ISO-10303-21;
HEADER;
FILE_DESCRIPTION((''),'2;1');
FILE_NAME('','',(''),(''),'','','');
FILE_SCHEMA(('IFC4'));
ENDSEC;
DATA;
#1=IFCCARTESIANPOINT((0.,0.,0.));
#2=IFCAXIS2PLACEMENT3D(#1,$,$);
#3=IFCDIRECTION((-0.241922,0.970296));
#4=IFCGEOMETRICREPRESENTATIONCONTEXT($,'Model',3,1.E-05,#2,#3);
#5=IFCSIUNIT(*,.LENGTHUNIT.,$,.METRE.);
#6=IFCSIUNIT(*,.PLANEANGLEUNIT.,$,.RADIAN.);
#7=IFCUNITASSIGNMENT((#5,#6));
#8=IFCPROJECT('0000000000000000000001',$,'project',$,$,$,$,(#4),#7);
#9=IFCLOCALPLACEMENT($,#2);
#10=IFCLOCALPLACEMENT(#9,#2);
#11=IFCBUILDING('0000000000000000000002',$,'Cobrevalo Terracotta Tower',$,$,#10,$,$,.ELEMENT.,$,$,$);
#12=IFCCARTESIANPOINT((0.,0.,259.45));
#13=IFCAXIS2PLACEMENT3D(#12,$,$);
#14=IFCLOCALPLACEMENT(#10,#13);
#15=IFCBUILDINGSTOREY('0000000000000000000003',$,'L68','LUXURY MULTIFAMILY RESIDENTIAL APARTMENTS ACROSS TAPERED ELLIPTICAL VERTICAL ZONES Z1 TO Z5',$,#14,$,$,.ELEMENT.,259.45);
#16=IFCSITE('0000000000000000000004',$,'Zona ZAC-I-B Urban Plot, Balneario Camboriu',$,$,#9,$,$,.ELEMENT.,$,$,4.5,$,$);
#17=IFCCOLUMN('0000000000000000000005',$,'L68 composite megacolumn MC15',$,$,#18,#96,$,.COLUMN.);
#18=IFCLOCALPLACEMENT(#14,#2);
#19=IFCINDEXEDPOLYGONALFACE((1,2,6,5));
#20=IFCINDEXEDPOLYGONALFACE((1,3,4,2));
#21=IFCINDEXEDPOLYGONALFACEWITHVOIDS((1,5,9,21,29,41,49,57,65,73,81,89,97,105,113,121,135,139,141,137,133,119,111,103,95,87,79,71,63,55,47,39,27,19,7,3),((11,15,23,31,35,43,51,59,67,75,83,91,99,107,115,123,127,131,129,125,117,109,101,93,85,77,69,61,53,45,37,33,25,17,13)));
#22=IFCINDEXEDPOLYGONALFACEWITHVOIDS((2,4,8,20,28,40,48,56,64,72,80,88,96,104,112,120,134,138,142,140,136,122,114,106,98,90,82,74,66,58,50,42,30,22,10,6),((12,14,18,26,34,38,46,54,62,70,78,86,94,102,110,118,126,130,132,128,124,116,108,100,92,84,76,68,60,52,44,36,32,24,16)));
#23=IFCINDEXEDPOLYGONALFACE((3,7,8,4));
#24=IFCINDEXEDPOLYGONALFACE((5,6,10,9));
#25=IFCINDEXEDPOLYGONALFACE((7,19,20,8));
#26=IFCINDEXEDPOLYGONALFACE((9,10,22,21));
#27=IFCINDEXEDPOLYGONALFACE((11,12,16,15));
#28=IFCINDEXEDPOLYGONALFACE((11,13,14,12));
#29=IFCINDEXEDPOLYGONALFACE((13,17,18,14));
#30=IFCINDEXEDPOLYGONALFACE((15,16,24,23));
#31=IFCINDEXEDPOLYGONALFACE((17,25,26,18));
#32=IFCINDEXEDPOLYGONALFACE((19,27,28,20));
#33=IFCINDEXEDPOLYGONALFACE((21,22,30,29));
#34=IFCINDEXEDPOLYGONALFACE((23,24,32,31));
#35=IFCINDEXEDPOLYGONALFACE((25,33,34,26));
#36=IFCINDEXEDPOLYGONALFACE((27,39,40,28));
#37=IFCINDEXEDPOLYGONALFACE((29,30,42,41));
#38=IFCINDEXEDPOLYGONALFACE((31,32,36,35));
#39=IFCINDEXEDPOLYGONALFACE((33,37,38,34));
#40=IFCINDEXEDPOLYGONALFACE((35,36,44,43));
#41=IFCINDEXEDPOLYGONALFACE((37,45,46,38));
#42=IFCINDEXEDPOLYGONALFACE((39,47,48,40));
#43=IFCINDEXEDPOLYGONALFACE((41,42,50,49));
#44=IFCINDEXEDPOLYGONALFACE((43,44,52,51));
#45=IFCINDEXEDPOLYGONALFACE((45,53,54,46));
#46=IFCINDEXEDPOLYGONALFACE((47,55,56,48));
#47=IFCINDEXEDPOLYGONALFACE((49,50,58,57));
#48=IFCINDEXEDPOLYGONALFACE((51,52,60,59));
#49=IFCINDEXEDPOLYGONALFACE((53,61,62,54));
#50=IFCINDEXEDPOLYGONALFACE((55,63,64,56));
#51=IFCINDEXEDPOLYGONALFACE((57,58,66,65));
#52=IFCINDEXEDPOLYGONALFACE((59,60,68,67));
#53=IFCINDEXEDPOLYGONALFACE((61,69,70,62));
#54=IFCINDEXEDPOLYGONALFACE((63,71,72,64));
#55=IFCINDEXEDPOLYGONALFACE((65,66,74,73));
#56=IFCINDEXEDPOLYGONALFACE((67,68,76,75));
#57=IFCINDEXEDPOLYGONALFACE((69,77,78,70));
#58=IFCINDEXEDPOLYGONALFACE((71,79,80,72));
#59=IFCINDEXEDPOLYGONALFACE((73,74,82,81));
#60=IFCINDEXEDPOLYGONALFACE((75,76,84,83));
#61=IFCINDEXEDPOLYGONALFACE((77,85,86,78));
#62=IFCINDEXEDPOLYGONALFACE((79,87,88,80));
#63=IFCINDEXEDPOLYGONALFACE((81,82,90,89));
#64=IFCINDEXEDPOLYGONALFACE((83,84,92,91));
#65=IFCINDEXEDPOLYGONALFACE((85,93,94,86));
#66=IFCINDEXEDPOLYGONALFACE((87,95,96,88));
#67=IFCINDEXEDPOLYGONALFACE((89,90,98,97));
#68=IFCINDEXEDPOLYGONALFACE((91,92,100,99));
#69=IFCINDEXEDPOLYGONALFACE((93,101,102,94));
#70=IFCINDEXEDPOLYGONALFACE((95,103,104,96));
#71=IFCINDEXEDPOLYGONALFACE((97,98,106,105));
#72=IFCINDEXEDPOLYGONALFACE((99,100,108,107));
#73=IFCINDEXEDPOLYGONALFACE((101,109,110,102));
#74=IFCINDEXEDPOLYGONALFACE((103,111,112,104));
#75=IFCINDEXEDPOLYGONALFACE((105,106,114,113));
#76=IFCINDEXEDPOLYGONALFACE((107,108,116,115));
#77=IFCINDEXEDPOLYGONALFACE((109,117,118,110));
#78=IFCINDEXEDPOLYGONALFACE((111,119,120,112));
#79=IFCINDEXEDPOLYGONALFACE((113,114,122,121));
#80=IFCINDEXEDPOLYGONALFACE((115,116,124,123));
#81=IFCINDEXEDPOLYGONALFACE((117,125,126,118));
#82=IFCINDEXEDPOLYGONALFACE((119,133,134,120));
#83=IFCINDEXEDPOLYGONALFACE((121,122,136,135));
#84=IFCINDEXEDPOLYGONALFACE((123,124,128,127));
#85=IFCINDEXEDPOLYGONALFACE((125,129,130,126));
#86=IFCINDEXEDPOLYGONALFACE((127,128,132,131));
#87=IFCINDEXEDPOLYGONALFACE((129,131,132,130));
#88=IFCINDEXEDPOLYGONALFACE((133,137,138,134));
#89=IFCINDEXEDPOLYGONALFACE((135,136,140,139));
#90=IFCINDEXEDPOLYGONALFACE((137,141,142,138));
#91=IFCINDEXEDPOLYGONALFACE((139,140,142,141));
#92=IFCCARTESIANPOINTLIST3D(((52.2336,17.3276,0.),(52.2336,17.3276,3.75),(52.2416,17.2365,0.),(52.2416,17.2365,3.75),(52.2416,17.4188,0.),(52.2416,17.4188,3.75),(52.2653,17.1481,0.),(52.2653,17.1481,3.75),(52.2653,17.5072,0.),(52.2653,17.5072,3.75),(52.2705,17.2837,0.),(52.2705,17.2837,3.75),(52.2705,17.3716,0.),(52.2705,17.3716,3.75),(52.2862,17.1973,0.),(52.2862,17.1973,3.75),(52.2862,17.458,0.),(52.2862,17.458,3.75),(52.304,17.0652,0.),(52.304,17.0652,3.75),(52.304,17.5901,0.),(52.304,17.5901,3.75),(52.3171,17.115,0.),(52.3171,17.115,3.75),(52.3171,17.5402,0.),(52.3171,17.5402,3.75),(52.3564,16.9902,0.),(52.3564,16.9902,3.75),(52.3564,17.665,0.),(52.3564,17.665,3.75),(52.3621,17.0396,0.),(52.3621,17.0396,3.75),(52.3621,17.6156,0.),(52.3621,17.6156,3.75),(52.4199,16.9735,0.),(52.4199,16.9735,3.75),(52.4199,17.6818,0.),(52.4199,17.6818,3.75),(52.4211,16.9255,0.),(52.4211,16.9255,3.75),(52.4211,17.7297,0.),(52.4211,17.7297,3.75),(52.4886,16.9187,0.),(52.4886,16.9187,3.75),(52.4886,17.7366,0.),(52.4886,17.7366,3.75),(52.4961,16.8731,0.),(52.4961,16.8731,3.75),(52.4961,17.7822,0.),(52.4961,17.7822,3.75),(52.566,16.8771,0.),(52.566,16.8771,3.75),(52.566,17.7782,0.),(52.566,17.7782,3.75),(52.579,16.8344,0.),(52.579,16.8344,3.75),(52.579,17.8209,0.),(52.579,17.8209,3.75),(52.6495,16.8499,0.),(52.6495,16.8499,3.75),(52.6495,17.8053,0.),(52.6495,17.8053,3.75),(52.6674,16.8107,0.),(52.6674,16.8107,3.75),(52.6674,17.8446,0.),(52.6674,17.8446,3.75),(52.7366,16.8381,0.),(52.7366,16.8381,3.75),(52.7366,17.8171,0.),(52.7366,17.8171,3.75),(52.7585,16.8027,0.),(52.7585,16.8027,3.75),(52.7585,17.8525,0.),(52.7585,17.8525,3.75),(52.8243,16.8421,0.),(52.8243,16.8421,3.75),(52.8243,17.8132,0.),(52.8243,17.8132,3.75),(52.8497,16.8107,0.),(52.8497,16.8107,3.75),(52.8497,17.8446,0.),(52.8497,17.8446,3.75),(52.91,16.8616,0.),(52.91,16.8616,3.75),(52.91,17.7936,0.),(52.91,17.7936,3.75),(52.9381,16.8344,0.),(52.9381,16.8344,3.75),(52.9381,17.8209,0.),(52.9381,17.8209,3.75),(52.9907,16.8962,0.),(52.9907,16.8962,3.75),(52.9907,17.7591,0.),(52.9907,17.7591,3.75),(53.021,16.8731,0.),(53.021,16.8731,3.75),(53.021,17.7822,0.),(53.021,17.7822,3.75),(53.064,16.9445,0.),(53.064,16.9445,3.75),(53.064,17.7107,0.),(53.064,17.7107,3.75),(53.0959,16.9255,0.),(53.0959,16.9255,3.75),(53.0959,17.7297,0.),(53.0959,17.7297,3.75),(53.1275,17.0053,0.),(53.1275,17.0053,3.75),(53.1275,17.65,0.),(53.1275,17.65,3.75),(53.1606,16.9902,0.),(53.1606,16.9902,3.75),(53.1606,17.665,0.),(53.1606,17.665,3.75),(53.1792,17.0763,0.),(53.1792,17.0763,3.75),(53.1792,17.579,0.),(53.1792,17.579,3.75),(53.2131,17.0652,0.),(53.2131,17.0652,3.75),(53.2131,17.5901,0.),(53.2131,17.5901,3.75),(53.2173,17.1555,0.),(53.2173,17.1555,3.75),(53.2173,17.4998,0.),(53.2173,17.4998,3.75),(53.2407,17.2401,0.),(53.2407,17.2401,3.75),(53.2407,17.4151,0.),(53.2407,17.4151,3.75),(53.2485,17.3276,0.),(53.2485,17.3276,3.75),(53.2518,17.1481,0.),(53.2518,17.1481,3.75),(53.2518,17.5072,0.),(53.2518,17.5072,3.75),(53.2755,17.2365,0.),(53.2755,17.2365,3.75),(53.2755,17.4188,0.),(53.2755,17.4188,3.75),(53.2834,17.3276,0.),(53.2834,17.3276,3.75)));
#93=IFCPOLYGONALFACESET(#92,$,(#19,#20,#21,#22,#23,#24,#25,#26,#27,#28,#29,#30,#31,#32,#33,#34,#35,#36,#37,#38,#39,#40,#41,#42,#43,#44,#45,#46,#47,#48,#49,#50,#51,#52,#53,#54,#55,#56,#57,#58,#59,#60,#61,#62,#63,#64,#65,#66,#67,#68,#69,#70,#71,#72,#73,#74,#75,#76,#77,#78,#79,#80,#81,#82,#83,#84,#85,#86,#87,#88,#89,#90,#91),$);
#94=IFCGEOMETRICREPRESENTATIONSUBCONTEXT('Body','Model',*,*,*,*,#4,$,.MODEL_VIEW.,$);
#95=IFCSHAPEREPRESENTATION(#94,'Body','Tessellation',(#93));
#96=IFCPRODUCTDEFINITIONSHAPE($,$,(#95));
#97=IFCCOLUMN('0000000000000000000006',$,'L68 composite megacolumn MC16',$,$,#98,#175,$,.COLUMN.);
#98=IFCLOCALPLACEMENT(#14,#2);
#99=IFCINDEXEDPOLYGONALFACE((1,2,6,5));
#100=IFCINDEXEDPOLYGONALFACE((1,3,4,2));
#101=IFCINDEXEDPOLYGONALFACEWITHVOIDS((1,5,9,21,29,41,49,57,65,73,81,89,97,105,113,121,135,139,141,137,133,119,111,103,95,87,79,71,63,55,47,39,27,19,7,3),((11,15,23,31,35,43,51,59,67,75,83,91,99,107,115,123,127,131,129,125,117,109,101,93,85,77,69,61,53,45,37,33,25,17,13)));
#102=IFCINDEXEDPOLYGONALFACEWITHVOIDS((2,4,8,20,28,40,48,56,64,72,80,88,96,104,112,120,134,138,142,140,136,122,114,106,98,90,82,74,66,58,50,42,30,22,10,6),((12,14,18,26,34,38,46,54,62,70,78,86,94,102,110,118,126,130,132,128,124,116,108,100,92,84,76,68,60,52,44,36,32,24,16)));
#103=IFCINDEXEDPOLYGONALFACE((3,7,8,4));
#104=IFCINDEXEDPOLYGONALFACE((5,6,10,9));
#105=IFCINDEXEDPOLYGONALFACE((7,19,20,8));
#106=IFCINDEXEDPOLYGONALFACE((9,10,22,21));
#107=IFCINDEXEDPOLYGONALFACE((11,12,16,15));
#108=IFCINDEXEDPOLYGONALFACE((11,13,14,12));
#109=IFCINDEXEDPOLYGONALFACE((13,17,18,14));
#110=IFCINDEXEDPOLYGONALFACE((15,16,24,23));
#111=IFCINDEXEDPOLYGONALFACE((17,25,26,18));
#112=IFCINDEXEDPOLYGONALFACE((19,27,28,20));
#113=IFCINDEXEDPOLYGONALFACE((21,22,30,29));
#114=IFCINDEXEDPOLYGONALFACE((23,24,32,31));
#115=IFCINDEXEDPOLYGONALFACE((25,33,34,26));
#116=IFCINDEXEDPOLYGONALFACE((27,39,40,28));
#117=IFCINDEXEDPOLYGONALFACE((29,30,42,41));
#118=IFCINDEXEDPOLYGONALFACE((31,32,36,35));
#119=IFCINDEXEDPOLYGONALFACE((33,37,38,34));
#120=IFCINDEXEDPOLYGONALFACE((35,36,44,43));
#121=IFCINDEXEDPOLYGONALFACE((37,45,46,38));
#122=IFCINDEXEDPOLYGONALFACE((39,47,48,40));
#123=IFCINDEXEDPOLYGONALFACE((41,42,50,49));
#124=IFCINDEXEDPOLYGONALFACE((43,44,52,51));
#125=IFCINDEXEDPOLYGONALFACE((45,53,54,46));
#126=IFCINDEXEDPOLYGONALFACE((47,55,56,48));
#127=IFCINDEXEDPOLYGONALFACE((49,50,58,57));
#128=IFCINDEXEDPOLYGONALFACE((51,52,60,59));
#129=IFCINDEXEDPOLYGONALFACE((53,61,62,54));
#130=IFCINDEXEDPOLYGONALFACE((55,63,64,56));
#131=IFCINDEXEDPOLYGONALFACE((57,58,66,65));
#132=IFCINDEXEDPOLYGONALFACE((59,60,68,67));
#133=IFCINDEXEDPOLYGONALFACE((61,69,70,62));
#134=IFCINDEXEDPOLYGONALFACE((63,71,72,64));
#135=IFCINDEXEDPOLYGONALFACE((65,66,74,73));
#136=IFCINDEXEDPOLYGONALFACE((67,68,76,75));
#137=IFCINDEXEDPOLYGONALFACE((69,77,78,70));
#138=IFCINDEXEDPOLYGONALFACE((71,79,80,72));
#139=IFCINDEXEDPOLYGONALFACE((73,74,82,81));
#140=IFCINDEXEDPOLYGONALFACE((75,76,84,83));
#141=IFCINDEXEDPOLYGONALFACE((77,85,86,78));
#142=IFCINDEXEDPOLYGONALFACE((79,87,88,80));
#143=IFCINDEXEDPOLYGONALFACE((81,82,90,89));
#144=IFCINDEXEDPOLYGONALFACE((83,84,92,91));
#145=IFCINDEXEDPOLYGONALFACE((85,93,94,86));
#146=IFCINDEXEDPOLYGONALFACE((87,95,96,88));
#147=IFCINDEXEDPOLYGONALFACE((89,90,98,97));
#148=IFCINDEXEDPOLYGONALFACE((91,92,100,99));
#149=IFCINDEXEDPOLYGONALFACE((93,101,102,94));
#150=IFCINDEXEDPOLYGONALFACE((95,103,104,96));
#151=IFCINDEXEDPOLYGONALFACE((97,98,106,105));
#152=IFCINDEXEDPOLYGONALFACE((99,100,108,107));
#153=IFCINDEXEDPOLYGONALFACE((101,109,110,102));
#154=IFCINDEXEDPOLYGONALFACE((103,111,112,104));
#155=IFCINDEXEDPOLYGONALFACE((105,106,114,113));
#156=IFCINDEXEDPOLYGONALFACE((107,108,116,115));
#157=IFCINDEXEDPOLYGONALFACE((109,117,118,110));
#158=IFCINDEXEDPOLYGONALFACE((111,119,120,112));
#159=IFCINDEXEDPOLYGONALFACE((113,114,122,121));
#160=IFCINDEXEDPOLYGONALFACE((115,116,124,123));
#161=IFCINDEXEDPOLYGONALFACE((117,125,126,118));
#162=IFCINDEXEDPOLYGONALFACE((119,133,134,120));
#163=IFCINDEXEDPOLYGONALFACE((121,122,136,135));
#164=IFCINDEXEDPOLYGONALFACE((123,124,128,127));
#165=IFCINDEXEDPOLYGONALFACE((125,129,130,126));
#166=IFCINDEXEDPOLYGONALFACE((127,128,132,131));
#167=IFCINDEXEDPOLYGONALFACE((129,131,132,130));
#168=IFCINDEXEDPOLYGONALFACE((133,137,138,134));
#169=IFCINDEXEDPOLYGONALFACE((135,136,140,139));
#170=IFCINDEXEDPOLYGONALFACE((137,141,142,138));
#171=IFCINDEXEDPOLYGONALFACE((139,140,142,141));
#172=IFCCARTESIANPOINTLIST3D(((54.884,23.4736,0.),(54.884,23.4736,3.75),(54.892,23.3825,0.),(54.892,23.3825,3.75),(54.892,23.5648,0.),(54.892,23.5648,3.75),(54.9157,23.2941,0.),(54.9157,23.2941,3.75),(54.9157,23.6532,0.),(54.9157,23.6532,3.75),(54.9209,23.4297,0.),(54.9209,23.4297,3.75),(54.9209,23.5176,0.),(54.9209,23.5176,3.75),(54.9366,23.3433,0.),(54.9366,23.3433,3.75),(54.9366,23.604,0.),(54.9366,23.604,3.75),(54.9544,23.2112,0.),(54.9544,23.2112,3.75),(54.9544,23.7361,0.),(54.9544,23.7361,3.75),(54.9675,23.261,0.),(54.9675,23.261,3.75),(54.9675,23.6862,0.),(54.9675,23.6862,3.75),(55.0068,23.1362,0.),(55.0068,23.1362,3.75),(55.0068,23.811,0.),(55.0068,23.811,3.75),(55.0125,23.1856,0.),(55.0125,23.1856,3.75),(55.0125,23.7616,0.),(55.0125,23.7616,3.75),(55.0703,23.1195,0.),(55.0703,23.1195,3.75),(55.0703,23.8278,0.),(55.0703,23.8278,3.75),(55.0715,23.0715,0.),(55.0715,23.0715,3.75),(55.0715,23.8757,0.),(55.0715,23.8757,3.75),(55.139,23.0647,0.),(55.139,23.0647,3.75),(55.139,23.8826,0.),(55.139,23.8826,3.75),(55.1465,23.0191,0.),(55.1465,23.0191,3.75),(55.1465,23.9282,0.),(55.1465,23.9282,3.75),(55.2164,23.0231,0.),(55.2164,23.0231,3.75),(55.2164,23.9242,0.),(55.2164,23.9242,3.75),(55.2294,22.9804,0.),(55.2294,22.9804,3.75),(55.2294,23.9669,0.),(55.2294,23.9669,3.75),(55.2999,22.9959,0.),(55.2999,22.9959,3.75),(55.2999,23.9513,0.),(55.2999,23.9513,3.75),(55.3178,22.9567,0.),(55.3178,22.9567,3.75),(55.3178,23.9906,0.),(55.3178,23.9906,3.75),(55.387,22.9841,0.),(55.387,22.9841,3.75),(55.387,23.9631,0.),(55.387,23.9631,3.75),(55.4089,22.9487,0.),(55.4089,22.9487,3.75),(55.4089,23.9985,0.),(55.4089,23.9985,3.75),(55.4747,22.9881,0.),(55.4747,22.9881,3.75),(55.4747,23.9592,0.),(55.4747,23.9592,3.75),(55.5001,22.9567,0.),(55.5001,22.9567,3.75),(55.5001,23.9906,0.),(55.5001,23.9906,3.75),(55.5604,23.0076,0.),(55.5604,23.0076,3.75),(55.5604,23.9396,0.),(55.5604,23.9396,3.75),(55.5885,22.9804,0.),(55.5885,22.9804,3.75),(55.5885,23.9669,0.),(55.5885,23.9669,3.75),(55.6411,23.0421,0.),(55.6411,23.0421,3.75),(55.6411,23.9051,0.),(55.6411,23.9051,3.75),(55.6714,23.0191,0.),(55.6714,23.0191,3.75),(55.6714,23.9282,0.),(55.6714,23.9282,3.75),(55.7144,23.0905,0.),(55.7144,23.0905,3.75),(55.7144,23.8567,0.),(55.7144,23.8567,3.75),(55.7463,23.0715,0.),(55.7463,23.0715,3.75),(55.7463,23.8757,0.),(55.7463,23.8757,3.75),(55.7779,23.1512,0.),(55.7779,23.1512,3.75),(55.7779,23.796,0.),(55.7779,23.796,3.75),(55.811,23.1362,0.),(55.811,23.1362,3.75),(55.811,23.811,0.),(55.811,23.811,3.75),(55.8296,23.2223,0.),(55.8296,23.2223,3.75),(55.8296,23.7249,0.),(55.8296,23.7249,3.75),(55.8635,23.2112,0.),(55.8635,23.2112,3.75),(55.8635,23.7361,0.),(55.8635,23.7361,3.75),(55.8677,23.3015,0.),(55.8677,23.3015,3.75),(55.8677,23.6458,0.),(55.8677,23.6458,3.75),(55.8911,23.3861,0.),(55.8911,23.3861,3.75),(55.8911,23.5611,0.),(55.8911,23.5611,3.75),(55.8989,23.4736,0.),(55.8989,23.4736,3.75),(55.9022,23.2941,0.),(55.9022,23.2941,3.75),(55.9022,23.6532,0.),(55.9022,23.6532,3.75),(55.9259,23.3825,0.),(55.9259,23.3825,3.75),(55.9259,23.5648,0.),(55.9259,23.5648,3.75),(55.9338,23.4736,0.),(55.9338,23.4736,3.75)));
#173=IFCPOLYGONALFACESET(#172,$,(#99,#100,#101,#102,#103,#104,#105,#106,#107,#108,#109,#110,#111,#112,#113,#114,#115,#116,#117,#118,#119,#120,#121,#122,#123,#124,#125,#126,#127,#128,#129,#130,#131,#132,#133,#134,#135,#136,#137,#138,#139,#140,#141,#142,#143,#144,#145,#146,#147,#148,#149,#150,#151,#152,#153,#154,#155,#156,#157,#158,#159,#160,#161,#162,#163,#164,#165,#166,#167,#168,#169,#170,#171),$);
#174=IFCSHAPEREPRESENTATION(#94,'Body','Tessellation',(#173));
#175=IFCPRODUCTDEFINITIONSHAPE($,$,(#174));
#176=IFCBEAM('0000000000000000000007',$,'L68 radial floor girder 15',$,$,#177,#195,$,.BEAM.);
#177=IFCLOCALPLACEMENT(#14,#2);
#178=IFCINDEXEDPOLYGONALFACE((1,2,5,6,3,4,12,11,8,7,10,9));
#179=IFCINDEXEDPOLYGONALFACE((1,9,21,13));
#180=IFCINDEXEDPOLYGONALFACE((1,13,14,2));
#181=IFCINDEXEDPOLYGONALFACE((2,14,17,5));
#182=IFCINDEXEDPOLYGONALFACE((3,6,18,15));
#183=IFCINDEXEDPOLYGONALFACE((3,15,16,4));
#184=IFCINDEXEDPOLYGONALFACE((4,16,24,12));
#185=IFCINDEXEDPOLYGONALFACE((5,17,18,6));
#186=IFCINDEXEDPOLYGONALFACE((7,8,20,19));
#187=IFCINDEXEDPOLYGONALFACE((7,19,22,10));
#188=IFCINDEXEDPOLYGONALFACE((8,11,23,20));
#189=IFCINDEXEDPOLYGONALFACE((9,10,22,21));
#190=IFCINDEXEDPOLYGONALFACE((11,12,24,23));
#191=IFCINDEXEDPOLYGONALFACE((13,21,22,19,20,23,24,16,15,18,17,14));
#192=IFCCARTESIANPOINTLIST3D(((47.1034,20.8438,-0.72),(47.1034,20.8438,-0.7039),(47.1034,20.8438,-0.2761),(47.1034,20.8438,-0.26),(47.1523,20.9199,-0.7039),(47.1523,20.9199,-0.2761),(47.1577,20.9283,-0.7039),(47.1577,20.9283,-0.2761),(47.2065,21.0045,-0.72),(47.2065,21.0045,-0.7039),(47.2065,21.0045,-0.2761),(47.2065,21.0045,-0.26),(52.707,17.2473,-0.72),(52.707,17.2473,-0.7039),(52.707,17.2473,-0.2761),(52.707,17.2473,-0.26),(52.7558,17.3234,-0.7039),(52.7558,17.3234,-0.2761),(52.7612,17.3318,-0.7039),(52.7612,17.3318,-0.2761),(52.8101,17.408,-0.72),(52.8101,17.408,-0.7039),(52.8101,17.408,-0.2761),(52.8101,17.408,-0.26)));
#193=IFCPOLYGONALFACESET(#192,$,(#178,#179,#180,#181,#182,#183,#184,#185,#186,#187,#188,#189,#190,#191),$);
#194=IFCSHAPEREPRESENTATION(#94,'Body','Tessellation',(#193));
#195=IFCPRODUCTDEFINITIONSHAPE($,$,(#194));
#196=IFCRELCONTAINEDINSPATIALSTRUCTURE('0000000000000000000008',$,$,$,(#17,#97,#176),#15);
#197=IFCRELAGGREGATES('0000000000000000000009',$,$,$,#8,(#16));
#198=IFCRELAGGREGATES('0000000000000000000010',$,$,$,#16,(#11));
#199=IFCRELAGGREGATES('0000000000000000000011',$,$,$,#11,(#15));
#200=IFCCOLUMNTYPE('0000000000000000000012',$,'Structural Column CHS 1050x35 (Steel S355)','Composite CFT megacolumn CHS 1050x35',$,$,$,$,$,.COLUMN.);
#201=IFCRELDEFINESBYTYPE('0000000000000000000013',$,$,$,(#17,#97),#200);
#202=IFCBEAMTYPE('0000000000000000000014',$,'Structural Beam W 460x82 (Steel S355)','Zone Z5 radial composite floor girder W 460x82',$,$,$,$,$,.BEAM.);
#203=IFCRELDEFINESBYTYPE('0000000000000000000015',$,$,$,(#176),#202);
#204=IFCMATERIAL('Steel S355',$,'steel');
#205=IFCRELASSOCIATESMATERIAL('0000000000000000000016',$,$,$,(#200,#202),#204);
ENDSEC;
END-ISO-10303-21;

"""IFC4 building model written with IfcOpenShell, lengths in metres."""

from ifc_helpers import new_model, si_unit, direction, frame, origin, origin_2d, place, context, subcontext, project, spatial, hollow_circle, i_section, extrude, material, material_profile, profile_set, type_object, element, save


model = new_model("IFC4")

# Units and contexts
model_context = context("Model", 3, precision=1e-05, world=origin(), true_north=direction((-0.241922, 0.970296)))
body_context = subcontext(model_context, "Body", "Model", "MODEL_VIEW")
ifc_project = project(units=[si_unit("LENGTHUNIT", "METRE"), si_unit("PLANEANGLEUNIT", "RADIAN")], contexts=[model_context])

# Site, building, storey
site_placement = place(None, origin())
site = spatial("IfcSite", under=ifc_project, at=site_placement, Name="Zona ZAC-I-B Urban Plot, Balneario Camboriu", CompositionType="ELEMENT", RefElevation=4.5)
building_placement = place(site_placement, origin())
building = spatial("IfcBuilding", under=site, at=building_placement, Name="Cobrevalo Terracotta Tower", CompositionType="ELEMENT")
storey_placement = place(building_placement, frame((0.0, 0.0, 259.45)))
storey = spatial("IfcBuildingStorey", under=building, at=storey_placement, Name="L68", Description="LUXURY MULTIFAMILY RESIDENTIAL APARTMENTS ACROSS TAPERED ELLIPTICAL VERTICAL ZONES Z1 TO Z5", CompositionType="ELEMENT", Elevation=259.45)

# Columns
ifc_material_1 = material(Name="Steel S355", Category="steel")
ifc_material_profile_1 = material_profile(ifc_material_1, hollow_circle(Radius=0.5249, WallThickness=0.0349, at=origin_2d()), Name="CHS 1050x35")
ifc_profile_set_1 = profile_set([ifc_material_profile_1], Name="Steel S355")
column_type = type_object("IfcColumnType", Name="Structural Column CHS 1050x35 (Steel S355)", Description="Composite CFT megacolumn CHS 1050x35", PredefinedType="COLUMN", material=ifc_profile_set_1)
for number, where, z_axis, x_axis, name in (
    (1, (52.7585, 17.3276, 0.0), (0.0, 0.0, 1.0), (1.0, 0.0, 0.0), "L68 composite megacolumn MC15"),
    (2, (55.4089, 23.4736, 0.0), (0.0, 0.0, 1.0), (1.0, 0.0, 0.0), "L68 composite megacolumn MC16"),
):
    element("IfcColumn", number, at=place(storey_placement, frame(where, z_axis=z_axis, x_axis=x_axis)), inside=storey, type_object=column_type, Name=name, PredefinedType="COLUMN", context=body_context, shape_type="SweptSolid", body=[
        extrude(hollow_circle(Radius=0.5249, WallThickness=0.0349, at=origin_2d()), origin(), (0.0, 0.0, 1.0), 3.75),
    ])

# Beam
ifc_material_profile_2 = material_profile(ifc_material_1, i_section(OverallWidth=0.1909, OverallDepth=0.46, WebThickness=0.01, FlangeThickness=0.0161, at=origin_2d()), Name="W 460x82")
ifc_profile_set_2 = profile_set([ifc_material_profile_2], Name="Steel S355")
beam_type_1 = type_object("IfcBeamType", Name="Structural Beam W 460x82 (Steel S355)", Description="Zone Z5 radial composite floor girder W 460x82", PredefinedType="BEAM", material=ifc_profile_set_2)
beam_1_placement = place(storey_placement, frame((52.7585, 17.3276, -0.49), z_axis=(-0.841576, 0.540138, 0.0), x_axis=(-0.540138, -0.841576, 0.0)))
element("IfcBeam", 3, at=beam_1_placement, inside=storey, type_object=beam_type_1, Name="L68 radial floor girder 15", PredefinedType="BEAM", context=body_context, shape_type="SweptSolid", body=[
    extrude(i_section(OverallWidth=0.1909, OverallDepth=0.46, WebThickness=0.01, FlangeThickness=0.0161, at=origin_2d()), origin(), (0.0, 0.0, 1.0), 6.6584),
])

save(model, "model.ifc")
